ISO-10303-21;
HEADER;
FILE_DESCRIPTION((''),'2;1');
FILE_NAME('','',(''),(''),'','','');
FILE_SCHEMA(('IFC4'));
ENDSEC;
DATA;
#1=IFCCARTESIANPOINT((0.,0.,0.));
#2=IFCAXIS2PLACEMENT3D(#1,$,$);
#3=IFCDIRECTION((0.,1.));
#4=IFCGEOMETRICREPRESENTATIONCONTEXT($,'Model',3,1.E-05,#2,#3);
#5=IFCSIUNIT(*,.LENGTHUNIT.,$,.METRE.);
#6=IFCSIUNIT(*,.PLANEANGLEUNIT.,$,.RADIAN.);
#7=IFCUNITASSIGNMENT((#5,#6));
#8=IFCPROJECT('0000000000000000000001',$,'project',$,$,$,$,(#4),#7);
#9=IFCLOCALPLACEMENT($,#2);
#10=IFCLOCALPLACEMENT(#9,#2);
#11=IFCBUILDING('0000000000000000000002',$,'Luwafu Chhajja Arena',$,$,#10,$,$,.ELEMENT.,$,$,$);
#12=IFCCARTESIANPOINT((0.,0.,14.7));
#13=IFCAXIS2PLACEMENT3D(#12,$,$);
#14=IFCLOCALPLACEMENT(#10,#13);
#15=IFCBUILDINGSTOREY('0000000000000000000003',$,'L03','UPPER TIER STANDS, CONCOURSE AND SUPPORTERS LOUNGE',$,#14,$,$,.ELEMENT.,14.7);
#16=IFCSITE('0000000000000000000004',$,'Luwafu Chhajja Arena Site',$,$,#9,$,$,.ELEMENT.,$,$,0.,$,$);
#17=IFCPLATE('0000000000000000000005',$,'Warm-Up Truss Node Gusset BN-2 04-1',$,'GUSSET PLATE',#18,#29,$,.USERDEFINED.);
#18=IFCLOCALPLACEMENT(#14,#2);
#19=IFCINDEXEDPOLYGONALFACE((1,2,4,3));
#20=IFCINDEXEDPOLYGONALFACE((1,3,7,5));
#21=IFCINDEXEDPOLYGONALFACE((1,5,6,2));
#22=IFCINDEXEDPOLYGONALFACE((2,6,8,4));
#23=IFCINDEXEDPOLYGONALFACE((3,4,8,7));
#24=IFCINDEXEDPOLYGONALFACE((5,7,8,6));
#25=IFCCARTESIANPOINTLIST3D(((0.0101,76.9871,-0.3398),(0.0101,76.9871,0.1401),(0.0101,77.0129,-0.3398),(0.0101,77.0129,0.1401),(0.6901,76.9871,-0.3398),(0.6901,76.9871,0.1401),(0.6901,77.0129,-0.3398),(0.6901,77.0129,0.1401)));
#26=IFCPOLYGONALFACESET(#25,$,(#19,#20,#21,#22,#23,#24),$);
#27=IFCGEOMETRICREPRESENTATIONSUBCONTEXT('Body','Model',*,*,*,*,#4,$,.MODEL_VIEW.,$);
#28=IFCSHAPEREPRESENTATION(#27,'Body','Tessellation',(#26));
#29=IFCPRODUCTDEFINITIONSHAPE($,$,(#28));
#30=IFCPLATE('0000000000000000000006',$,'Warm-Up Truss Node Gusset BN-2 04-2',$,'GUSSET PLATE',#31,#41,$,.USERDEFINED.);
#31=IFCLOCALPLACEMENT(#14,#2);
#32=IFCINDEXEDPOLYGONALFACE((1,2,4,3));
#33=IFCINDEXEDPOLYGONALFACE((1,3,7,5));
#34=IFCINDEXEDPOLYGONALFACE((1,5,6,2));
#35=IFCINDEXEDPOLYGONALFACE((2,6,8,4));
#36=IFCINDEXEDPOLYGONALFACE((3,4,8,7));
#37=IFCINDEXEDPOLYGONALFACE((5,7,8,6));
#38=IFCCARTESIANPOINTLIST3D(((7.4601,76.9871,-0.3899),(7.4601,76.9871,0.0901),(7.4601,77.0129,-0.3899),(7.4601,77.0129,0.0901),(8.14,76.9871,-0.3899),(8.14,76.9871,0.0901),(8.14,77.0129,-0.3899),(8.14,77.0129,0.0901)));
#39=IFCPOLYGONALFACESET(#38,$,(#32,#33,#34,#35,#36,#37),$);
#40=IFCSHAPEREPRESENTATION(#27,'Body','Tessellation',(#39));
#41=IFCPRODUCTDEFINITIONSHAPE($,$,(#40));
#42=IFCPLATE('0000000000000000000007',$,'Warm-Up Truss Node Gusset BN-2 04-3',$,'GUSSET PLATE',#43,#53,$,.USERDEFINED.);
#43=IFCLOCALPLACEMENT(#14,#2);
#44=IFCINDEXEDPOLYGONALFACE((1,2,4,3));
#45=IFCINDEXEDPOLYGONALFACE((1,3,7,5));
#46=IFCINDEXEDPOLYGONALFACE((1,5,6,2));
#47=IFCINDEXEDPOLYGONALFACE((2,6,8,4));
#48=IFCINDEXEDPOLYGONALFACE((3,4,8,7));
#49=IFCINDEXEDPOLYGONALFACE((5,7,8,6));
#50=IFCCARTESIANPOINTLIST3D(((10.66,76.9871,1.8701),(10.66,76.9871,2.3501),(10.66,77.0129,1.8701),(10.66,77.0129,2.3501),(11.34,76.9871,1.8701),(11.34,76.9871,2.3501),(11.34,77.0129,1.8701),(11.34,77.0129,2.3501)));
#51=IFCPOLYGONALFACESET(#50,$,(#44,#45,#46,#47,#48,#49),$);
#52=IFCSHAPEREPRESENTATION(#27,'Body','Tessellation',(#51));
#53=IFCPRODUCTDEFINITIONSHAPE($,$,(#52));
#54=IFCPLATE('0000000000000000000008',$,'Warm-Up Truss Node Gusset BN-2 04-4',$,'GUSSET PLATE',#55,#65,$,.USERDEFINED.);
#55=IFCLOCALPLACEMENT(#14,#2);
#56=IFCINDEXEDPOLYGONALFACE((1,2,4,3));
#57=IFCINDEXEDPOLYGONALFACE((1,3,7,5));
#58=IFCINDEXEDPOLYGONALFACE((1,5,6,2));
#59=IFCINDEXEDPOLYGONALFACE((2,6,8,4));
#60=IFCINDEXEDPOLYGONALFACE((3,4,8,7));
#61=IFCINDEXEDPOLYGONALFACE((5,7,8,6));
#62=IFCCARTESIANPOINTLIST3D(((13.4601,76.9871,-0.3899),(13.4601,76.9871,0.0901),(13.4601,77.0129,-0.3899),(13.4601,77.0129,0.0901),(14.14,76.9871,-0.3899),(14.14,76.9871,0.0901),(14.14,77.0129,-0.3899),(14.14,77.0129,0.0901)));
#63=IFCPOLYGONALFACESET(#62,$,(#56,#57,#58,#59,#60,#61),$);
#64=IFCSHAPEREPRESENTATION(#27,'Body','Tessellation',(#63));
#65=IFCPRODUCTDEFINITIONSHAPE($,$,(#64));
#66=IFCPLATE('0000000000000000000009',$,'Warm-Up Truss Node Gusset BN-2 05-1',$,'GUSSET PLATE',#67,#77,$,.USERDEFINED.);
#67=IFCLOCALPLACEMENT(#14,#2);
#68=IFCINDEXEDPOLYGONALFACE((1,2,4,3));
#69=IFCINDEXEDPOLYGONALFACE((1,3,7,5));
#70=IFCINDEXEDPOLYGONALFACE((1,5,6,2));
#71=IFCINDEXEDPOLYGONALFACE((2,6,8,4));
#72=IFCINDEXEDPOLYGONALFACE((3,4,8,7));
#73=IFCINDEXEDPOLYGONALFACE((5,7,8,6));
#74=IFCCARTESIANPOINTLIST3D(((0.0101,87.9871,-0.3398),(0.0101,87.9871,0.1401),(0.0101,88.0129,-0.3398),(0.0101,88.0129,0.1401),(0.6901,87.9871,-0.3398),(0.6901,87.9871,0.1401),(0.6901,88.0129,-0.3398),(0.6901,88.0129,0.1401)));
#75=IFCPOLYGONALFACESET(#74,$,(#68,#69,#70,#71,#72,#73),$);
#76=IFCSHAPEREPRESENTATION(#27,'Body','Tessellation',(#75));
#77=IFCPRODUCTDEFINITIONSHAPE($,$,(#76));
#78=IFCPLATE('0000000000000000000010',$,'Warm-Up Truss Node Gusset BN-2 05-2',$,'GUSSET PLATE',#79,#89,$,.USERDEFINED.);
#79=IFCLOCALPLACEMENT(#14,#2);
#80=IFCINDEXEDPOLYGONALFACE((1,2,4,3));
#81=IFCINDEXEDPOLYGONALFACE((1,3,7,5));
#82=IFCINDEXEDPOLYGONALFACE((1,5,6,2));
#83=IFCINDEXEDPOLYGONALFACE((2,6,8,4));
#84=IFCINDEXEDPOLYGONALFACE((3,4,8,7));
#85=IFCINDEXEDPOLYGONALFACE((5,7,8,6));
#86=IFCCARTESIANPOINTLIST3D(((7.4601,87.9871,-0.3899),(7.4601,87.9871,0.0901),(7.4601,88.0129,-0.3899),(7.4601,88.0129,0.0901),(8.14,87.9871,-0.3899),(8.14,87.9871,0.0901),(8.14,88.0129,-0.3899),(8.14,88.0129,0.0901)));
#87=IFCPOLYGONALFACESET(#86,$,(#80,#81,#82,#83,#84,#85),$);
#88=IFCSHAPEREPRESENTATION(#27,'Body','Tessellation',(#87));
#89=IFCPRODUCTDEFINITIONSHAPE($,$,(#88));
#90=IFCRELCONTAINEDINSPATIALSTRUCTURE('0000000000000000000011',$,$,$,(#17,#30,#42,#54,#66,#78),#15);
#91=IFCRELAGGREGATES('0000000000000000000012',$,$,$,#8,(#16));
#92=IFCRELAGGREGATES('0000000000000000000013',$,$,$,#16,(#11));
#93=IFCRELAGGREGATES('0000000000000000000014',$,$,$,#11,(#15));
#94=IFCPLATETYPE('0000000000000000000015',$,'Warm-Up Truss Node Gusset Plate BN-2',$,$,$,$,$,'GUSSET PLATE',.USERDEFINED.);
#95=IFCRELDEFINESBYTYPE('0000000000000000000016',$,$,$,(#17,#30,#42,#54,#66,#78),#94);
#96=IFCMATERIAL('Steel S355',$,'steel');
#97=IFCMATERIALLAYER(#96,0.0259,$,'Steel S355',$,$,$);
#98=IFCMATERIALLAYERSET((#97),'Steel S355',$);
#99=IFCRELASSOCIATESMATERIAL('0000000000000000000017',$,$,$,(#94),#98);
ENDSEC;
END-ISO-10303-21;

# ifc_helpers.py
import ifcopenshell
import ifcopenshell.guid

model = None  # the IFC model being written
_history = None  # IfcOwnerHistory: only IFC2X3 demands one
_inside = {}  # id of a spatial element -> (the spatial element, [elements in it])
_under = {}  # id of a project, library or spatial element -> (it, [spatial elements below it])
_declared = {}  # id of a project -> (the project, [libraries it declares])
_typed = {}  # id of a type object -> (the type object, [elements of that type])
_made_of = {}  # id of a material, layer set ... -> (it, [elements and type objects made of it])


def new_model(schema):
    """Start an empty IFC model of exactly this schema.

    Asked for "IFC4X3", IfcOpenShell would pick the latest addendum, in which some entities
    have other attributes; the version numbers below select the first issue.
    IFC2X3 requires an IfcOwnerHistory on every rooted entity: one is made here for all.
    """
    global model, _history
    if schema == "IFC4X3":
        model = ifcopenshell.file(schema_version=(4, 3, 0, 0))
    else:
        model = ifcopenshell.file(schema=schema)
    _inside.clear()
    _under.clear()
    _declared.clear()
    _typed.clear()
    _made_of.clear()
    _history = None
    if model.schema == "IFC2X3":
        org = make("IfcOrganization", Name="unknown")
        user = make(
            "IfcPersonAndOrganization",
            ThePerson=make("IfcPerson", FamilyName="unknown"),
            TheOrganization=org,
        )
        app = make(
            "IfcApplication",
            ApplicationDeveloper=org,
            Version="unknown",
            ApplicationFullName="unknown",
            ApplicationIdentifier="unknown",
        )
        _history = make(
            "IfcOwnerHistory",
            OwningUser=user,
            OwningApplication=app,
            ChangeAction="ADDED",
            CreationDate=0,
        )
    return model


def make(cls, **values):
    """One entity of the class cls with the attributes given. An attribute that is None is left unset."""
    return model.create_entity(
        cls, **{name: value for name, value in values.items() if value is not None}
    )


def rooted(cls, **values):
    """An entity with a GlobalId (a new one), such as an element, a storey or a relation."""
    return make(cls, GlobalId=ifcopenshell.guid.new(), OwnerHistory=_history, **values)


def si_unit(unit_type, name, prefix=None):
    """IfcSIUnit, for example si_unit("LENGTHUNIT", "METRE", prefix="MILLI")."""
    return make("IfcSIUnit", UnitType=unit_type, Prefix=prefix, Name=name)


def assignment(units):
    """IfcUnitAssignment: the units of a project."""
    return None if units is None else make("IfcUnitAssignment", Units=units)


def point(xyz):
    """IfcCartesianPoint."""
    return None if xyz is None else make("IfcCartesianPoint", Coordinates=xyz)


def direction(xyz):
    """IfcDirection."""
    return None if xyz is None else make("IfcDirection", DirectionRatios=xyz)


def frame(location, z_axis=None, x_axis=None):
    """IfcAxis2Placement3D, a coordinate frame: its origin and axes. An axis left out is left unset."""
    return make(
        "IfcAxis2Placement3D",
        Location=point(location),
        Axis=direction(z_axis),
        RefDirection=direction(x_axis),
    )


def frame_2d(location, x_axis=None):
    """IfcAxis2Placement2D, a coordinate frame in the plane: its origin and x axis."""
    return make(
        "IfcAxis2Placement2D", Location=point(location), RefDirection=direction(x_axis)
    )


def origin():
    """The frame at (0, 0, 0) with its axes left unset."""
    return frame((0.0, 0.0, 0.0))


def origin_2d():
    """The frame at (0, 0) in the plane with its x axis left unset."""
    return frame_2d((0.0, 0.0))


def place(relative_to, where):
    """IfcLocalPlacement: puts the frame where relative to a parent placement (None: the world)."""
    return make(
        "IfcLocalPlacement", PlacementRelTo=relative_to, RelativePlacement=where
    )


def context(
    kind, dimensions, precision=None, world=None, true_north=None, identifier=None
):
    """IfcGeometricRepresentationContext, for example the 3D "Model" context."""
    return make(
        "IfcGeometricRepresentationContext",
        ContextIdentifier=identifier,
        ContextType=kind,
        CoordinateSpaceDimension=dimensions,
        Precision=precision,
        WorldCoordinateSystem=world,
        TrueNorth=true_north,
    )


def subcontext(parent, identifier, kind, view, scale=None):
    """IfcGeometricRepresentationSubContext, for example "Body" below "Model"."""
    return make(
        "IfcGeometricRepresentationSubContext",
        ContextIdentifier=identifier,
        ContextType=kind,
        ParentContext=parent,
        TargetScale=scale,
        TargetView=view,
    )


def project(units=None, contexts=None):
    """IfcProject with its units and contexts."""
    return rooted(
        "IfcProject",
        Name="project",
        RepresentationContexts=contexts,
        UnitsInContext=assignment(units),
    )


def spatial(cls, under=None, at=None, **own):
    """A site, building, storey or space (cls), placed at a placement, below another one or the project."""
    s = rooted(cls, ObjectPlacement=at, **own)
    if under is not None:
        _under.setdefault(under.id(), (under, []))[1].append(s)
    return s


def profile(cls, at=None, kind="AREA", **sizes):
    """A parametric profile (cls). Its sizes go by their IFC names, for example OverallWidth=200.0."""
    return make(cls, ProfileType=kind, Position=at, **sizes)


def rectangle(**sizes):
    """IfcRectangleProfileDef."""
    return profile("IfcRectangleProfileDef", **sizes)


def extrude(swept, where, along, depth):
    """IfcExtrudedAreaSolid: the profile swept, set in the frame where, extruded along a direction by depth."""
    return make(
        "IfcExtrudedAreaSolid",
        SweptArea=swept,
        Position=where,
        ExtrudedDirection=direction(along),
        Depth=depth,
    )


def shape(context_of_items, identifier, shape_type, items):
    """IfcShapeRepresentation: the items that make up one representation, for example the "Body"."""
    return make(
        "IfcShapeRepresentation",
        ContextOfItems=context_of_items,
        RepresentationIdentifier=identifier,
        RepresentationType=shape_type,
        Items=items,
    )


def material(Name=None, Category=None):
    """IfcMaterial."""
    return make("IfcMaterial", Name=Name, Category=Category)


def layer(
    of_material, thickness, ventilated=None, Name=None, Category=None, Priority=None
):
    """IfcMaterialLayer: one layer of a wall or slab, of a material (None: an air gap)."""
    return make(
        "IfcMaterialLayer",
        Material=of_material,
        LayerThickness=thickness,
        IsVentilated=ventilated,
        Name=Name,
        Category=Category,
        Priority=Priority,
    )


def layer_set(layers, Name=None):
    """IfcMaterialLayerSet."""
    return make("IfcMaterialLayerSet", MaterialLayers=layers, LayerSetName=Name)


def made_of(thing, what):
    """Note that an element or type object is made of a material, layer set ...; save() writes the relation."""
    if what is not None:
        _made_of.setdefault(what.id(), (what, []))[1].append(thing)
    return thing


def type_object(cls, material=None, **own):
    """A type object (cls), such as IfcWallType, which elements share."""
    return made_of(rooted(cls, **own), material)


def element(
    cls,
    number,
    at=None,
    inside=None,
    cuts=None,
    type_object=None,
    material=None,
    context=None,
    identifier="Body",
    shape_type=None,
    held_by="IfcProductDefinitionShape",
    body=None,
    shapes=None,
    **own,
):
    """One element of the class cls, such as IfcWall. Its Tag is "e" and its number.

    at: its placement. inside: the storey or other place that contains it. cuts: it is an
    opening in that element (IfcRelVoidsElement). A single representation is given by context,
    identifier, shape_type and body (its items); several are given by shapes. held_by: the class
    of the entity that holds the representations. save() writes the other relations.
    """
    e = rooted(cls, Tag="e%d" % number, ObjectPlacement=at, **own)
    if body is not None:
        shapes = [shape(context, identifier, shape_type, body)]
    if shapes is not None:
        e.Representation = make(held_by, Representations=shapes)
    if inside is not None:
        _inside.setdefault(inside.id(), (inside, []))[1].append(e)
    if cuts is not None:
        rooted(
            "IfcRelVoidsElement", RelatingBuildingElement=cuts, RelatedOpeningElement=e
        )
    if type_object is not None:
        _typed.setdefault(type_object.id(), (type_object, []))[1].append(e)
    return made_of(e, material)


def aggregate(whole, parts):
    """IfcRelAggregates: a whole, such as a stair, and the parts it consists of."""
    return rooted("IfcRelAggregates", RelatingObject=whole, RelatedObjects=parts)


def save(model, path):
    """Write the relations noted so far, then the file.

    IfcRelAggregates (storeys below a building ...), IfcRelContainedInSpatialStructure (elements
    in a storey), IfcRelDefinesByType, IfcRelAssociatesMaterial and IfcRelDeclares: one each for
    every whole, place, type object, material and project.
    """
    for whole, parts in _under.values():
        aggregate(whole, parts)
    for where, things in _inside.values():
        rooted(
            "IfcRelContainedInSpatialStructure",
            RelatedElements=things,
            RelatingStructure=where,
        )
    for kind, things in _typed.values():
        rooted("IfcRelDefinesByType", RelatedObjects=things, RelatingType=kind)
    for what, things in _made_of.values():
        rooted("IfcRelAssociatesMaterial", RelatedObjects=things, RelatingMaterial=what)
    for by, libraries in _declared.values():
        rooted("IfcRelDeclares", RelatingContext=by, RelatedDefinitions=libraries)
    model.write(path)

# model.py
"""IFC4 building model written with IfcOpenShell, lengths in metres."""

from ifc_helpers import new_model, si_unit, direction, frame, origin, origin_2d, place, context, subcontext, project, spatial, rectangle, extrude, material, layer, layer_set, type_object, element, save


model = new_model("IFC4")

# Units and contexts
model_context = context("Model", 3, precision=1e-05, world=origin(), true_north=direction((0.0, 1.0)))
body_context = subcontext(model_context, "Body", "Model", "MODEL_VIEW")
ifc_project = project(units=[si_unit("LENGTHUNIT", "METRE"), si_unit("PLANEANGLEUNIT", "RADIAN")], contexts=[model_context])

# Site, building, storey
site_placement = place(None, origin())
site = spatial("IfcSite", under=ifc_project, at=site_placement, Name="Luwafu Chhajja Arena Site", CompositionType="ELEMENT", RefElevation=0.0)
building_placement = place(site_placement, origin())
building = spatial("IfcBuilding", under=site, at=building_placement, Name="Luwafu Chhajja Arena", CompositionType="ELEMENT")
storey_placement = place(building_placement, frame((0.0, 0.0, 14.7)))
storey = spatial("IfcBuildingStorey", under=building, at=storey_placement, Name="L03", Description="UPPER TIER STANDS, CONCOURSE AND SUPPORTERS LOUNGE", CompositionType="ELEMENT", Elevation=14.7)

# Shared definitions
ifc_material_1 = material(Name="Steel S355", Category="steel")

# Plates
ifc_layer_1 = layer(ifc_material_1, 0.0259, Name="Steel S355")
ifc_layer_set_1 = layer_set([ifc_layer_1], Name="Steel S355")
plate_type_1 = type_object("IfcPlateType", Name="Warm-Up Truss Node Gusset Plate BN-2", ElementType="GUSSET PLATE", PredefinedType="USERDEFINED", material=ifc_layer_set_1)
for number, where, z_axis, x_axis, name in (
    (1, (0.3501, 77.0, -0.3398), (0.0, 0.0, 1.0), (1.0, 0.0, 0.0), "Warm-Up Truss Node Gusset BN-2 04-1"),
    (2, (7.8, 77.0, -0.3899), (0.0, 0.0, 1.0), (1.0, 0.0, 0.0), "Warm-Up Truss Node Gusset BN-2 04-2"),
    (3, (11.0, 77.0, 1.8701), (0.0, 0.0, 1.0), (1.0, 0.0, 0.0), "Warm-Up Truss Node Gusset BN-2 04-3"),
    (4, (13.8, 77.0, -0.3899), (0.0, 0.0, 1.0), (1.0, 0.0, 0.0), "Warm-Up Truss Node Gusset BN-2 04-4"),
    (5, (0.3501, 88.0, -0.3398), (0.0, 0.0, 1.0), (1.0, 0.0, 0.0), "Warm-Up Truss Node Gusset BN-2 05-1"),
    (6, (7.8, 88.0, -0.3899), (0.0, 0.0, 1.0), (1.0, 0.0, 0.0), "Warm-Up Truss Node Gusset BN-2 05-2"),
):
    element("IfcPlate", number, at=place(storey_placement, frame(where, z_axis=z_axis, x_axis=x_axis)), inside=storey, type_object=plate_type_1, Name=name, ObjectType="GUSSET PLATE", PredefinedType="USERDEFINED", context=body_context, shape_type="SweptSolid", body=[
        extrude(rectangle(XDim=0.6799, YDim=0.0259, at=origin_2d()), origin(), (0.0, 0.0, 1.0), 0.48),
    ])

save(model, "model.ifc")
